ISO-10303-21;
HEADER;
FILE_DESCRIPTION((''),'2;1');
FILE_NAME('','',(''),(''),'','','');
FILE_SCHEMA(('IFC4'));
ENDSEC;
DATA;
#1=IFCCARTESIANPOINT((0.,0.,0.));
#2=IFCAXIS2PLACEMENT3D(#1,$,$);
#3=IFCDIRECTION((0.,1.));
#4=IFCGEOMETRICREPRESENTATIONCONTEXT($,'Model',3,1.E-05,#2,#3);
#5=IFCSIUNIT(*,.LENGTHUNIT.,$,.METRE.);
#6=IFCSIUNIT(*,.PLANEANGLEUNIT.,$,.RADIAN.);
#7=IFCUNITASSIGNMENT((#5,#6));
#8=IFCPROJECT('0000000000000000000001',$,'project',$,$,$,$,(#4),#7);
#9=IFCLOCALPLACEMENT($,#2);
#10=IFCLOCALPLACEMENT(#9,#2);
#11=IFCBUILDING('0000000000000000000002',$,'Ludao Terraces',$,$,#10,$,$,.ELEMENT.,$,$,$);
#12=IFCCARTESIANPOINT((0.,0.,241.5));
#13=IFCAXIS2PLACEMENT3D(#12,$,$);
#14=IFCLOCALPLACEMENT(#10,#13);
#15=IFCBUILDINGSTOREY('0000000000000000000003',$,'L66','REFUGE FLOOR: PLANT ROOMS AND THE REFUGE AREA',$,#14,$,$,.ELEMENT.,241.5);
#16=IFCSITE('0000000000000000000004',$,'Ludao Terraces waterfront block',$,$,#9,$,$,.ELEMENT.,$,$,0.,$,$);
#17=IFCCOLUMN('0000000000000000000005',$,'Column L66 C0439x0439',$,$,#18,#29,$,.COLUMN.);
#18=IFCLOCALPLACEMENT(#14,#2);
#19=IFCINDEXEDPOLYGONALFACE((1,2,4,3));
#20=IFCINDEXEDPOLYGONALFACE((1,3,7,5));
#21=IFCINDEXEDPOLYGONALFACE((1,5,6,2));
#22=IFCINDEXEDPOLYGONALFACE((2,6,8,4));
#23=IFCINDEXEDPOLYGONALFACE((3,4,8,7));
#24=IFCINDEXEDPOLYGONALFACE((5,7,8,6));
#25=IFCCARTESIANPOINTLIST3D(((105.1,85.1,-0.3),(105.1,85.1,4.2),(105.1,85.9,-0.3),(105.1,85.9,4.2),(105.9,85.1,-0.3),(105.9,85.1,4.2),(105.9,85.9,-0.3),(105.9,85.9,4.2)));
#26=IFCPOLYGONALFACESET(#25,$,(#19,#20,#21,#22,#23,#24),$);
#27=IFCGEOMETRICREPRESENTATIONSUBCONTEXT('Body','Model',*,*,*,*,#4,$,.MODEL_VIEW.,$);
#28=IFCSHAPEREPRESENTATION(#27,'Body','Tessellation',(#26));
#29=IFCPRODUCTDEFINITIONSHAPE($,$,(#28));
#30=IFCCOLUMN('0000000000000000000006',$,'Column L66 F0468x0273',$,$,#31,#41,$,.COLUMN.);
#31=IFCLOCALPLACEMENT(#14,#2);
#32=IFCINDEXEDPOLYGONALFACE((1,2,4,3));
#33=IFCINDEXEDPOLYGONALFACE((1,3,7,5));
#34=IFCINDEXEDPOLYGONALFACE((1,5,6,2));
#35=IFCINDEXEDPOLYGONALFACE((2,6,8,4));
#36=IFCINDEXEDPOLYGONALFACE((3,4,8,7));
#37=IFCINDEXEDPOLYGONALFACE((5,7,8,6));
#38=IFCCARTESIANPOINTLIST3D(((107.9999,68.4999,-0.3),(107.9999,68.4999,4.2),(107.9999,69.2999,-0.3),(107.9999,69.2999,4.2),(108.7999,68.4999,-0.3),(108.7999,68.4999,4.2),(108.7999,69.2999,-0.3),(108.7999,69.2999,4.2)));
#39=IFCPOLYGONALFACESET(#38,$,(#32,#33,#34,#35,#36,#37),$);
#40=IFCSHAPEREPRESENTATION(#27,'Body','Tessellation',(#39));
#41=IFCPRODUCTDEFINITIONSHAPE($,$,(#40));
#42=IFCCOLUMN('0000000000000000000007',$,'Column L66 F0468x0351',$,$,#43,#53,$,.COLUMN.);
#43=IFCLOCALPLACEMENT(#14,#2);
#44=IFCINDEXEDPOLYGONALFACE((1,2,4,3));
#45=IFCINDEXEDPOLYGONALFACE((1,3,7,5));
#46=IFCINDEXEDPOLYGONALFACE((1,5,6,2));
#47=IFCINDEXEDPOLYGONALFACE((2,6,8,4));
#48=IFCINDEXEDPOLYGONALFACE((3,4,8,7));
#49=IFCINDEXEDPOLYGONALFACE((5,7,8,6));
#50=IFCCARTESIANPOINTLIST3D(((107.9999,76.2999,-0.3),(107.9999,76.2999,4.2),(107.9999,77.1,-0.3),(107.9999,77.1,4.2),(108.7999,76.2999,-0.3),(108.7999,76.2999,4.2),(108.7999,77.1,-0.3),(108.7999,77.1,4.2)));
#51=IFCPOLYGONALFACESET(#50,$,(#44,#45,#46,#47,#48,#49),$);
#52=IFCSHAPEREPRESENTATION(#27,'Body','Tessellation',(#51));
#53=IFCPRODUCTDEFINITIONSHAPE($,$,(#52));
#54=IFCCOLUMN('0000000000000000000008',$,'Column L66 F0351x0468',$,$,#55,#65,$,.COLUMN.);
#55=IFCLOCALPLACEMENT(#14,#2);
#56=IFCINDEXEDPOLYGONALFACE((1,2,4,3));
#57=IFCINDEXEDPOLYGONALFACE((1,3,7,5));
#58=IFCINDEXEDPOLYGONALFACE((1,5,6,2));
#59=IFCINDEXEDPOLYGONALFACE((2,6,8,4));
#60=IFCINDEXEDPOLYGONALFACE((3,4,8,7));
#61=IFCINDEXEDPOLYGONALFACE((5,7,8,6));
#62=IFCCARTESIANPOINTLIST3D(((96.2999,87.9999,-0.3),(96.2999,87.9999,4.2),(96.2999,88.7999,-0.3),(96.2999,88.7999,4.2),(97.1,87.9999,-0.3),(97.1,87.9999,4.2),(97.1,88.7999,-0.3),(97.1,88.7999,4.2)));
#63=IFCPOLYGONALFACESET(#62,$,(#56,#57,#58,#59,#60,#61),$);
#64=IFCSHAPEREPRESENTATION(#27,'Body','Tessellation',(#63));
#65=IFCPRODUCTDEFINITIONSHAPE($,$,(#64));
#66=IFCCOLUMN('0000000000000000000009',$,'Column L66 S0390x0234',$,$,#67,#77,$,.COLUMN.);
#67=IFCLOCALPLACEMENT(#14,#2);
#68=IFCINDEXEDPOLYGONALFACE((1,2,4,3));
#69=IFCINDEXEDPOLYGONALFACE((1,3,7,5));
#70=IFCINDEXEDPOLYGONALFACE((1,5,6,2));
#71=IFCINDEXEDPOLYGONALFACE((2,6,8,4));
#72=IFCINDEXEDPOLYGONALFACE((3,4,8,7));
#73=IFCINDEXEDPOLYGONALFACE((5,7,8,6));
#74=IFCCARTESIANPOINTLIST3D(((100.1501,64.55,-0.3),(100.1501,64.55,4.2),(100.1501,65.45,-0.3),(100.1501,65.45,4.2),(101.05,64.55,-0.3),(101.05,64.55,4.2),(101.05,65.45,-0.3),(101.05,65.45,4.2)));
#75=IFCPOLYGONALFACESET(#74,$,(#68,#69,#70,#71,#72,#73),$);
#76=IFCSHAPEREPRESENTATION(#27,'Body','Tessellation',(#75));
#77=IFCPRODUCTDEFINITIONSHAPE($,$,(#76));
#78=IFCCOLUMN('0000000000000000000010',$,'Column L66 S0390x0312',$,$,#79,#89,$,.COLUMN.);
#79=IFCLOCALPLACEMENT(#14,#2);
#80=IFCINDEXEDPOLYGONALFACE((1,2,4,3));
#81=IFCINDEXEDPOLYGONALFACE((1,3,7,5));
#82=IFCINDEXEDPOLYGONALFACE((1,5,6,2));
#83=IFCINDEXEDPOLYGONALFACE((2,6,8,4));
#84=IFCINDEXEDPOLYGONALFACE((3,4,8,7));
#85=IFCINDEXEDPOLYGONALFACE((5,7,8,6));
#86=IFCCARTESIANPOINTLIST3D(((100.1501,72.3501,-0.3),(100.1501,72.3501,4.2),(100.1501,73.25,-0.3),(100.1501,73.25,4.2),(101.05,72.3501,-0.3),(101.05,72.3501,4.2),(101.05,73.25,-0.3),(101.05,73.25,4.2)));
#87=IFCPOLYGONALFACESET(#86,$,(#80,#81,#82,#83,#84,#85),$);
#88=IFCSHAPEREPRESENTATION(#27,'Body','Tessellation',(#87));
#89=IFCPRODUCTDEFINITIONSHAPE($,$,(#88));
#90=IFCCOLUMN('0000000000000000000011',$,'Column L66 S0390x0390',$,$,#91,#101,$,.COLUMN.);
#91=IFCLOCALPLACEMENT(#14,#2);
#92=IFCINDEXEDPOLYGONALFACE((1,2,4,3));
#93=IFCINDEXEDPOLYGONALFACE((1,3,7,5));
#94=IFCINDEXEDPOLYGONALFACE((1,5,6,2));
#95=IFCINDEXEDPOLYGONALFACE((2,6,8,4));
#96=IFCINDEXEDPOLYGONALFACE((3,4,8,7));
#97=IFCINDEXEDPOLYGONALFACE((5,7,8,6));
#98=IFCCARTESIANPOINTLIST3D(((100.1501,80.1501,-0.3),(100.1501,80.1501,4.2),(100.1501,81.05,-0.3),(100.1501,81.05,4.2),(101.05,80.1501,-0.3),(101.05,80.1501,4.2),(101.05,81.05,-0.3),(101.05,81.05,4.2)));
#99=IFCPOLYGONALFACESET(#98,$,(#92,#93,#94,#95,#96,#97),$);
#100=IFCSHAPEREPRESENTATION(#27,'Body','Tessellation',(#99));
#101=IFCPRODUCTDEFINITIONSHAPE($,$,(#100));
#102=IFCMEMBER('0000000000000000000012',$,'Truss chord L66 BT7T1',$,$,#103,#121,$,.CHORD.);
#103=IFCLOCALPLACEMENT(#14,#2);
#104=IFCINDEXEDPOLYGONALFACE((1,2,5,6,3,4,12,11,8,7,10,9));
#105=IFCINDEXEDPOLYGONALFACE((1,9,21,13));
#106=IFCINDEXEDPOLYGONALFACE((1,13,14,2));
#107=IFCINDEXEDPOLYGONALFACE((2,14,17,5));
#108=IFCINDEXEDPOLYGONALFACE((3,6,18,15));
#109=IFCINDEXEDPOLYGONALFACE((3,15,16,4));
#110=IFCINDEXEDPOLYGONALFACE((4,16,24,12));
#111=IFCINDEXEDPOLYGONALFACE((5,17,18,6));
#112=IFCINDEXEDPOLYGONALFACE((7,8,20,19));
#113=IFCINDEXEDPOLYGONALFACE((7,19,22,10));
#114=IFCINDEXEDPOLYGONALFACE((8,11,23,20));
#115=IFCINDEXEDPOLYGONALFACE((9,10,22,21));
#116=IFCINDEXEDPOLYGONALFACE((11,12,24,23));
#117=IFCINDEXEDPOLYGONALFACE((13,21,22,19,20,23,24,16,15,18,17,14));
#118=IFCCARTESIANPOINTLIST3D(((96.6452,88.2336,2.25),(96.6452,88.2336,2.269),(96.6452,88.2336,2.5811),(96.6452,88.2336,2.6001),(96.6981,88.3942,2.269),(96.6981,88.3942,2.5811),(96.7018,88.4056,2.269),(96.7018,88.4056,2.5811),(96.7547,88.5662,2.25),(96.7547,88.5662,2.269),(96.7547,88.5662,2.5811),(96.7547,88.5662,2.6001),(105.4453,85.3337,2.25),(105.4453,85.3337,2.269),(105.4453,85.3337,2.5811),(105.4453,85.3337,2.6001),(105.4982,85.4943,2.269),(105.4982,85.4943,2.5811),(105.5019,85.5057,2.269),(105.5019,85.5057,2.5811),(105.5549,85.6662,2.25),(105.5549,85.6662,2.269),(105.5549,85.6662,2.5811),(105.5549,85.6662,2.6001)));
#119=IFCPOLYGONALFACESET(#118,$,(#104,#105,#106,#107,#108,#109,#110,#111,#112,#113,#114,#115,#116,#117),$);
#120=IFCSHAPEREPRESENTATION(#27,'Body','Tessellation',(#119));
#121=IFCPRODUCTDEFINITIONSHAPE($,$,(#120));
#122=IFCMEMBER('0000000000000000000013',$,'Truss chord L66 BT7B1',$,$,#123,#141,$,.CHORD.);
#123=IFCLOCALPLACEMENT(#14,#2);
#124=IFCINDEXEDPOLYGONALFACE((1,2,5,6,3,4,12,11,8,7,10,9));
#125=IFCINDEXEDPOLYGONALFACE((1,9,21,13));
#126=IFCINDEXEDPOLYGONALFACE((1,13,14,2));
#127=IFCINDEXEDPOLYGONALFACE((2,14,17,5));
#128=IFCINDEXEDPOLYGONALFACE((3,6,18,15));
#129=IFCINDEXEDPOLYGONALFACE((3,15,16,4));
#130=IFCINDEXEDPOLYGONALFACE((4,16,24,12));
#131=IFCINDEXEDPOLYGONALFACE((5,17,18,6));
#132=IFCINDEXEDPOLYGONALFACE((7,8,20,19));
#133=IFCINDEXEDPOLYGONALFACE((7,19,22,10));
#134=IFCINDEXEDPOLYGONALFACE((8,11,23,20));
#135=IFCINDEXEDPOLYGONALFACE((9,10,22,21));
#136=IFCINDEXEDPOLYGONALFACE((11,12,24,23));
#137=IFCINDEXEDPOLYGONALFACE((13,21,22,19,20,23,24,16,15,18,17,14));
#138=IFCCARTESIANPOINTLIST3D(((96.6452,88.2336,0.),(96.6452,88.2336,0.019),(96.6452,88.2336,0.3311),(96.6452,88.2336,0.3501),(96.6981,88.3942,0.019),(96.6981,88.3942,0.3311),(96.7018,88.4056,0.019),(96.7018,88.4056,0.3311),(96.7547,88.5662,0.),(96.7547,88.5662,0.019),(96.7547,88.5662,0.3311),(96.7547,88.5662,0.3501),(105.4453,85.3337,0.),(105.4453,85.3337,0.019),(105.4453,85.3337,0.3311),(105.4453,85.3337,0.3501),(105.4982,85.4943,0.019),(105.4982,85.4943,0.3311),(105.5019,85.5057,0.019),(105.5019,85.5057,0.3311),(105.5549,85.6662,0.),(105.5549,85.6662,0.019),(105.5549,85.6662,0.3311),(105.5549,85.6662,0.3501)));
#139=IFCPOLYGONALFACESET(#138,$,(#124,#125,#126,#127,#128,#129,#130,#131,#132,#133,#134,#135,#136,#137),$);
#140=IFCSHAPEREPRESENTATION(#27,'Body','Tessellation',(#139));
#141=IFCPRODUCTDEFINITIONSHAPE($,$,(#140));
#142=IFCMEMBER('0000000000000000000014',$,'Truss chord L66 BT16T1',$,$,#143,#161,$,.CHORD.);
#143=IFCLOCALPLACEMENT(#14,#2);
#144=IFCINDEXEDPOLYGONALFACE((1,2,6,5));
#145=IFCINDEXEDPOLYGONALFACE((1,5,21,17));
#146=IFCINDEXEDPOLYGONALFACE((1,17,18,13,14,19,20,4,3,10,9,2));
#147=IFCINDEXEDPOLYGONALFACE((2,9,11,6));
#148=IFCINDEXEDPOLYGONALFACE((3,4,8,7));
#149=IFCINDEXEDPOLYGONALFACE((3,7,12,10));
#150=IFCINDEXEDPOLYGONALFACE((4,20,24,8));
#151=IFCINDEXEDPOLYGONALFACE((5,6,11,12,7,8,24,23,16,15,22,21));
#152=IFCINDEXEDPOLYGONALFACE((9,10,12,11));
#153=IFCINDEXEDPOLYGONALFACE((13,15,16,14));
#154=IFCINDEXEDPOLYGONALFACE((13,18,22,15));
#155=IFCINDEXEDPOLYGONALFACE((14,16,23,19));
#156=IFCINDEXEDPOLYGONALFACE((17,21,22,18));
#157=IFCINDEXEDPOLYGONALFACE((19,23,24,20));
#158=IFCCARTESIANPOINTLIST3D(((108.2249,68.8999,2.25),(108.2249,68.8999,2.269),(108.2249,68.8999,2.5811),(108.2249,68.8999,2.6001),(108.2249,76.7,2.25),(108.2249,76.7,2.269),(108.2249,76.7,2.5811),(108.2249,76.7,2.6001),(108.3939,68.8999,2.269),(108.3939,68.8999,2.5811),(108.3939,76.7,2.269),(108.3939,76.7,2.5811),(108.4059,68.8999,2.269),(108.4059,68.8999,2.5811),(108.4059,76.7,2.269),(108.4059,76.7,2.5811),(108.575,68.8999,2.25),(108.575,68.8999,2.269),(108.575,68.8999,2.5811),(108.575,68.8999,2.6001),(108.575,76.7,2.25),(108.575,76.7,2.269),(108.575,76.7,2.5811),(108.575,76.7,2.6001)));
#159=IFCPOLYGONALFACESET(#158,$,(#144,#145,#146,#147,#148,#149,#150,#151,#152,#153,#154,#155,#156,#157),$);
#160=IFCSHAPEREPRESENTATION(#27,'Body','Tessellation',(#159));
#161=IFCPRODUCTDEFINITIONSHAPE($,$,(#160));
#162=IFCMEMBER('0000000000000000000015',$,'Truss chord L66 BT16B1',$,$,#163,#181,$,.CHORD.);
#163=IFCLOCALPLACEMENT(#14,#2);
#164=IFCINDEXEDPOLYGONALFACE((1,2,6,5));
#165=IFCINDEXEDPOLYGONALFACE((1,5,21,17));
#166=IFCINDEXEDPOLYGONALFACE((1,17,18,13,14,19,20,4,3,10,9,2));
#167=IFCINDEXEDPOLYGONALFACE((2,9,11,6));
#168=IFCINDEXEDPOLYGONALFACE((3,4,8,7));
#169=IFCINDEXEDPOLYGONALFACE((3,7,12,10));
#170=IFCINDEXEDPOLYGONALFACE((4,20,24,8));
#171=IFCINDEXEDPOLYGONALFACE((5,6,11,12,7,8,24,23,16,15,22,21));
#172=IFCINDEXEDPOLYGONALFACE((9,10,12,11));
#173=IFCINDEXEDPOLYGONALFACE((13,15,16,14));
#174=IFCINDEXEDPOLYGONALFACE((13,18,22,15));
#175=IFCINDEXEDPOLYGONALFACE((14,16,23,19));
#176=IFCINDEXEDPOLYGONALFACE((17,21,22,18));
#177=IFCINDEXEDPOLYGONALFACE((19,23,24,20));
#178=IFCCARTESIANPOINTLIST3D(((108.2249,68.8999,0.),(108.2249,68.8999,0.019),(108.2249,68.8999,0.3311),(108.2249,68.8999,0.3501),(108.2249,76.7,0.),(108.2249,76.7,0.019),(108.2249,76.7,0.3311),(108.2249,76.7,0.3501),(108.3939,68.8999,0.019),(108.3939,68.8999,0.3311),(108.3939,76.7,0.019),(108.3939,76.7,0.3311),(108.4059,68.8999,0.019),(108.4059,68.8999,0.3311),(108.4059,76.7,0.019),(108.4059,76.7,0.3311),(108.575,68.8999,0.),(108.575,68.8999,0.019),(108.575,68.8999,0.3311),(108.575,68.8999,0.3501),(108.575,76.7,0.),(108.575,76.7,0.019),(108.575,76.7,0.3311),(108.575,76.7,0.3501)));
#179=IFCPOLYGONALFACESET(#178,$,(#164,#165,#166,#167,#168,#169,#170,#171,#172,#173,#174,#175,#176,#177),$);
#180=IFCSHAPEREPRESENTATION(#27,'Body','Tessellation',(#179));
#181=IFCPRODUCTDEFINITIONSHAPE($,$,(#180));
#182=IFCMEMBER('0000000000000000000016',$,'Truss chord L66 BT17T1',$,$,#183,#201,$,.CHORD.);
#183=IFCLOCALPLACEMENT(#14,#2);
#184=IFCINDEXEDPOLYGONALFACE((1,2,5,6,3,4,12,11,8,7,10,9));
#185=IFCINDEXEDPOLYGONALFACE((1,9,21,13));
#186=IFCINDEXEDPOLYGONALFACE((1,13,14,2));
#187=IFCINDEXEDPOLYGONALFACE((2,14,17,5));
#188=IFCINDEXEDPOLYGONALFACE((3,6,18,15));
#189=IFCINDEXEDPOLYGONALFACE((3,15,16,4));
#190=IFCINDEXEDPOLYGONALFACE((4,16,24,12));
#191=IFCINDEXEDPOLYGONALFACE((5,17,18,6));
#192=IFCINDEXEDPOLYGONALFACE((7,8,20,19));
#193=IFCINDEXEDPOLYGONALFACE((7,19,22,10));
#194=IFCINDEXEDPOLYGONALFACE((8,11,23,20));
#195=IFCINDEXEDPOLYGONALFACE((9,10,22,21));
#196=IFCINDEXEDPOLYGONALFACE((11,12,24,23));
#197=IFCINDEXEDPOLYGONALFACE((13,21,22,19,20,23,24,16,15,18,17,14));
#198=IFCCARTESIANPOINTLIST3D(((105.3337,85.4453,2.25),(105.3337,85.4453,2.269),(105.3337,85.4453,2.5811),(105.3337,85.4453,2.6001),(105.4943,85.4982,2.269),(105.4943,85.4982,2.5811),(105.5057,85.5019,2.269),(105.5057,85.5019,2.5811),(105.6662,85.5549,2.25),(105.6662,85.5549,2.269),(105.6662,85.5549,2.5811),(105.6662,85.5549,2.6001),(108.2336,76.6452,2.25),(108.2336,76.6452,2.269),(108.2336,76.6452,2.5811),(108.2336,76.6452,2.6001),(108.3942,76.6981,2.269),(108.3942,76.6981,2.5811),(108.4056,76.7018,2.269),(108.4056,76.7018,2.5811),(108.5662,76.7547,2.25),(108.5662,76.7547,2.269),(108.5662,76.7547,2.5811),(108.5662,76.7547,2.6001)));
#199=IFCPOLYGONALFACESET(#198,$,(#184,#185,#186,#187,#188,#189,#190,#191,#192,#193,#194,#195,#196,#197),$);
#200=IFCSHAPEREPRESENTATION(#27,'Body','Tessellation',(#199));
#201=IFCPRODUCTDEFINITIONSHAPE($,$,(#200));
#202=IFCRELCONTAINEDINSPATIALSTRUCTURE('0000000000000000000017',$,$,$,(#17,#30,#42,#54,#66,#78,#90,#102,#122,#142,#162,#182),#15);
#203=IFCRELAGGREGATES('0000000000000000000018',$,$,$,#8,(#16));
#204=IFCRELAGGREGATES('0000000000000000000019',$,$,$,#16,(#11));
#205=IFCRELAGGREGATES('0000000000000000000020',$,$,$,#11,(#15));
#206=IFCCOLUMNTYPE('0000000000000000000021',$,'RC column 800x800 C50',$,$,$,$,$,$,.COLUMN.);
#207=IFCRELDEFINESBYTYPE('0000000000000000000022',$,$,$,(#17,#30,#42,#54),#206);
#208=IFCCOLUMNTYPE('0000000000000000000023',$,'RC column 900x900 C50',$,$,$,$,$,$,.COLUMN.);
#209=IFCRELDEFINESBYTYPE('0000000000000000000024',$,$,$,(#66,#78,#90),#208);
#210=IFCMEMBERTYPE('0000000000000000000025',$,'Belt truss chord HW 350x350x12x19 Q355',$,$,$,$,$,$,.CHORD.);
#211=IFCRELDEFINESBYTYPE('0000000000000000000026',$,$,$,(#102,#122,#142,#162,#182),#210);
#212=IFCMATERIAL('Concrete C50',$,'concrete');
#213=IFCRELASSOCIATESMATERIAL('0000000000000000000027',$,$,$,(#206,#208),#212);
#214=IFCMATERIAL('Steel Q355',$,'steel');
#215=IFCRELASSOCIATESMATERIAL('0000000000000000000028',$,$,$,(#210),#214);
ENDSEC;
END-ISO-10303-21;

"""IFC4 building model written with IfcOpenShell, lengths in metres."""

from ifc_helpers import new_model, si_unit, direction, frame, origin, origin_2d, place, context, subcontext, project, spatial, rectangle, i_section, extrude, material, material_profile, profile_set, type_object, element, save


model = new_model("IFC4")

# Units and contexts
model_context = context("Model", 3, precision=1e-05, world=origin(), true_north=direction((0.0, 1.0)))
body_context = subcontext(model_context, "Body", "Model", "MODEL_VIEW")
ifc_project = project(units=[si_unit("LENGTHUNIT", "METRE"), si_unit("PLANEANGLEUNIT", "RADIAN")], contexts=[model_context])

# Site, building, storey
site_placement = place(None, origin())
site = spatial("IfcSite", under=ifc_project, at=site_placement, Name="Ludao Terraces waterfront block", CompositionType="ELEMENT", RefElevation=0.0)
building_placement = place(site_placement, origin())
building = spatial("IfcBuilding", under=site, at=building_placement, Name="Ludao Terraces", CompositionType="ELEMENT")
storey_placement = place(building_placement, frame((0.0, 0.0, 241.5)))
storey = spatial("IfcBuildingStorey", under=building, at=storey_placement, Name="L66", Description="REFUGE FLOOR: PLANT ROOMS AND THE REFUGE AREA", CompositionType="ELEMENT", Elevation=241.5)

# Columns
ifc_material_1 = material(Name="Concrete C50", Category="concrete")
ifc_material_profile_1 = material_profile(ifc_material_1, rectangle(XDim=0.8, YDim=0.8, at=origin_2d()), Name="800 X 800")
ifc_profile_set_1 = profile_set([ifc_material_profile_1], Name="Concrete C50")
column_type_1 = type_object("IfcColumnType", Name="RC column 800x800 C50", PredefinedType="COLUMN", material=ifc_profile_set_1)
for number, where, z_axis, x_axis, name in (
    (1, (105.5, 85.5, -0.3), (0.0, 0.0, 1.0), (1.0, 0.0, 0.0), "Column L66 C0439x0439"),
    (2, (108.3999, 68.8999, -0.3), (0.0, 0.0, 1.0), (1.0, 0.0, 0.0), "Column L66 F0468x0273"),
    (3, (108.3999, 76.7, -0.3), (0.0, 0.0, 1.0), (1.0, 0.0, 0.0), "Column L66 F0468x0351"),
    (4, (96.7, 88.3999, -0.3), (0.0, 0.0, 1.0), (1.0, 0.0, 0.0), "Column L66 F0351x0468"),
):
    element("IfcColumn", number, at=place(storey_placement, frame(where, z_axis=z_axis, x_axis=x_axis)), inside=storey, type_object=column_type_1, Name=name, PredefinedType="COLUMN", context=body_context, shape_type="SweptSolid", body=[
        extrude(rectangle(XDim=0.8, YDim=0.8, at=origin_2d()), origin(), (0.0, 0.0, 1.0), 4.5),
    ])
ifc_material_profile_2 = material_profile(ifc_material_1, rectangle(XDim=0.8999, YDim=0.8999, at=origin_2d()), Name="900 X 900")
ifc_profile_set_2 = profile_set([ifc_material_profile_2], Name="Concrete C50")
column_type_2 = type_object("IfcColumnType", Name="RC column 900x900 C50", PredefinedType="COLUMN", material=ifc_profile_set_2)
for number, where, z_axis, x_axis, name in (
    (5, (100.6001, 65.0, -0.3), (0.0, 0.0, 1.0), (1.0, 0.0, 0.0), "Column L66 S0390x0234"),
    (6, (100.6001, 72.8, -0.3), (0.0, 0.0, 1.0), (1.0, 0.0, 0.0), "Column L66 S0390x0312"),
    (7, (100.6001, 80.6001, -0.3), (0.0, 0.0, 1.0), (1.0, 0.0, 0.0), "Column L66 S0390x0390"),
):
    element("IfcColumn", number, at=place(storey_placement, frame(where, z_axis=z_axis, x_axis=x_axis)), inside=storey, type_object=column_type_2, Name=name, PredefinedType="COLUMN", context=body_context, shape_type="SweptSolid", body=[
        extrude(rectangle(XDim=0.8999, YDim=0.8999, at=origin_2d()), origin(), (0.0, 0.0, 1.0), 4.5),
    ])

# Members
ifc_material_2 = material(Name="Steel Q355", Category="steel")
ifc_material_profile_3 = material_profile(ifc_material_2, i_section(OverallWidth=0.3501, OverallDepth=0.3501, WebThickness=0.012, FlangeThickness=0.019, at=origin_2d()), Name="HW 350X350X12X19")
ifc_profile_set_3 = profile_set([ifc_material_profile_3], Name="Steel Q355")
member_type_1 = type_object("IfcMemberType", Name="Belt truss chord HW 350x350x12x19 Q355", PredefinedType="CHORD", material=ifc_profile_set_3)
for number, where, z_axis, x_axis, name in (
    (8, (96.7, 88.3999, 2.425), (0.949761, -0.312977, 0.0), (0.312977, 0.949761, 0.0), "Truss chord L66 BT7T1"),
    (9, (96.7, 88.3999, 0.175), (0.949761, -0.312977, 0.0), (0.312977, 0.949761, 0.0), "Truss chord L66 BT7B1"),
):
    element("IfcMember", number, at=place(storey_placement, frame(where, z_axis=z_axis, x_axis=x_axis)), inside=storey, type_object=member_type_1, Name=name, PredefinedType="CHORD", context=body_context, shape_type="SweptSolid", body=[
        extrude(i_section(OverallWidth=0.3501, OverallDepth=0.3501, WebThickness=0.012, FlangeThickness=0.019, at=origin_2d()), origin(), (0.0, 0.0, 1.0), 9.2656),
    ])
for number, where, z_axis, x_axis, name in (
    (10, (108.3999, 68.8999, 2.425), (0.0, 1.0, 0.0), (-1.0, 0.0, 0.0), "Truss chord L66 BT16T1"),
    (11, (108.3999, 68.8999, 0.175), (0.0, 1.0, 0.0), (-1.0, 0.0, 0.0), "Truss chord L66 BT16B1"),
):
    element("IfcMember", number, at=place(storey_placement, frame(where, z_axis=z_axis, x_axis=x_axis)), inside=storey, type_object=member_type_1, Name=name, PredefinedType="CHORD", context=body_context, shape_type="SweptSolid", body=[
        extrude(i_section(OverallWidth=0.3501, OverallDepth=0.3501, WebThickness=0.012, FlangeThickness=0.019, at=origin_2d()), origin(), (0.0, 0.0, 1.0), 7.8),
    ])
for number, where, z_axis, x_axis, name in (
    (12, (108.3999, 76.7, 2.425), (-0.312977, 0.949761, 0.0), (-0.949761, -0.312977, 0.0), "Truss chord L66 BT17T1"),
):
    element("IfcMember", number, at=place(storey_placement, frame(where, z_axis=z_axis, x_axis=x_axis)), inside=storey, type_object=member_type_1, Name=name, PredefinedType="CHORD", context=body_context, shape_type="SweptSolid", body=[
        extrude(i_section(OverallWidth=0.3501, OverallDepth=0.3501, WebThickness=0.012, FlangeThickness=0.019, at=origin_2d()), origin(), (0.0, 0.0, 1.0), 9.2656),
    ])

save(model, "model.ifc")
